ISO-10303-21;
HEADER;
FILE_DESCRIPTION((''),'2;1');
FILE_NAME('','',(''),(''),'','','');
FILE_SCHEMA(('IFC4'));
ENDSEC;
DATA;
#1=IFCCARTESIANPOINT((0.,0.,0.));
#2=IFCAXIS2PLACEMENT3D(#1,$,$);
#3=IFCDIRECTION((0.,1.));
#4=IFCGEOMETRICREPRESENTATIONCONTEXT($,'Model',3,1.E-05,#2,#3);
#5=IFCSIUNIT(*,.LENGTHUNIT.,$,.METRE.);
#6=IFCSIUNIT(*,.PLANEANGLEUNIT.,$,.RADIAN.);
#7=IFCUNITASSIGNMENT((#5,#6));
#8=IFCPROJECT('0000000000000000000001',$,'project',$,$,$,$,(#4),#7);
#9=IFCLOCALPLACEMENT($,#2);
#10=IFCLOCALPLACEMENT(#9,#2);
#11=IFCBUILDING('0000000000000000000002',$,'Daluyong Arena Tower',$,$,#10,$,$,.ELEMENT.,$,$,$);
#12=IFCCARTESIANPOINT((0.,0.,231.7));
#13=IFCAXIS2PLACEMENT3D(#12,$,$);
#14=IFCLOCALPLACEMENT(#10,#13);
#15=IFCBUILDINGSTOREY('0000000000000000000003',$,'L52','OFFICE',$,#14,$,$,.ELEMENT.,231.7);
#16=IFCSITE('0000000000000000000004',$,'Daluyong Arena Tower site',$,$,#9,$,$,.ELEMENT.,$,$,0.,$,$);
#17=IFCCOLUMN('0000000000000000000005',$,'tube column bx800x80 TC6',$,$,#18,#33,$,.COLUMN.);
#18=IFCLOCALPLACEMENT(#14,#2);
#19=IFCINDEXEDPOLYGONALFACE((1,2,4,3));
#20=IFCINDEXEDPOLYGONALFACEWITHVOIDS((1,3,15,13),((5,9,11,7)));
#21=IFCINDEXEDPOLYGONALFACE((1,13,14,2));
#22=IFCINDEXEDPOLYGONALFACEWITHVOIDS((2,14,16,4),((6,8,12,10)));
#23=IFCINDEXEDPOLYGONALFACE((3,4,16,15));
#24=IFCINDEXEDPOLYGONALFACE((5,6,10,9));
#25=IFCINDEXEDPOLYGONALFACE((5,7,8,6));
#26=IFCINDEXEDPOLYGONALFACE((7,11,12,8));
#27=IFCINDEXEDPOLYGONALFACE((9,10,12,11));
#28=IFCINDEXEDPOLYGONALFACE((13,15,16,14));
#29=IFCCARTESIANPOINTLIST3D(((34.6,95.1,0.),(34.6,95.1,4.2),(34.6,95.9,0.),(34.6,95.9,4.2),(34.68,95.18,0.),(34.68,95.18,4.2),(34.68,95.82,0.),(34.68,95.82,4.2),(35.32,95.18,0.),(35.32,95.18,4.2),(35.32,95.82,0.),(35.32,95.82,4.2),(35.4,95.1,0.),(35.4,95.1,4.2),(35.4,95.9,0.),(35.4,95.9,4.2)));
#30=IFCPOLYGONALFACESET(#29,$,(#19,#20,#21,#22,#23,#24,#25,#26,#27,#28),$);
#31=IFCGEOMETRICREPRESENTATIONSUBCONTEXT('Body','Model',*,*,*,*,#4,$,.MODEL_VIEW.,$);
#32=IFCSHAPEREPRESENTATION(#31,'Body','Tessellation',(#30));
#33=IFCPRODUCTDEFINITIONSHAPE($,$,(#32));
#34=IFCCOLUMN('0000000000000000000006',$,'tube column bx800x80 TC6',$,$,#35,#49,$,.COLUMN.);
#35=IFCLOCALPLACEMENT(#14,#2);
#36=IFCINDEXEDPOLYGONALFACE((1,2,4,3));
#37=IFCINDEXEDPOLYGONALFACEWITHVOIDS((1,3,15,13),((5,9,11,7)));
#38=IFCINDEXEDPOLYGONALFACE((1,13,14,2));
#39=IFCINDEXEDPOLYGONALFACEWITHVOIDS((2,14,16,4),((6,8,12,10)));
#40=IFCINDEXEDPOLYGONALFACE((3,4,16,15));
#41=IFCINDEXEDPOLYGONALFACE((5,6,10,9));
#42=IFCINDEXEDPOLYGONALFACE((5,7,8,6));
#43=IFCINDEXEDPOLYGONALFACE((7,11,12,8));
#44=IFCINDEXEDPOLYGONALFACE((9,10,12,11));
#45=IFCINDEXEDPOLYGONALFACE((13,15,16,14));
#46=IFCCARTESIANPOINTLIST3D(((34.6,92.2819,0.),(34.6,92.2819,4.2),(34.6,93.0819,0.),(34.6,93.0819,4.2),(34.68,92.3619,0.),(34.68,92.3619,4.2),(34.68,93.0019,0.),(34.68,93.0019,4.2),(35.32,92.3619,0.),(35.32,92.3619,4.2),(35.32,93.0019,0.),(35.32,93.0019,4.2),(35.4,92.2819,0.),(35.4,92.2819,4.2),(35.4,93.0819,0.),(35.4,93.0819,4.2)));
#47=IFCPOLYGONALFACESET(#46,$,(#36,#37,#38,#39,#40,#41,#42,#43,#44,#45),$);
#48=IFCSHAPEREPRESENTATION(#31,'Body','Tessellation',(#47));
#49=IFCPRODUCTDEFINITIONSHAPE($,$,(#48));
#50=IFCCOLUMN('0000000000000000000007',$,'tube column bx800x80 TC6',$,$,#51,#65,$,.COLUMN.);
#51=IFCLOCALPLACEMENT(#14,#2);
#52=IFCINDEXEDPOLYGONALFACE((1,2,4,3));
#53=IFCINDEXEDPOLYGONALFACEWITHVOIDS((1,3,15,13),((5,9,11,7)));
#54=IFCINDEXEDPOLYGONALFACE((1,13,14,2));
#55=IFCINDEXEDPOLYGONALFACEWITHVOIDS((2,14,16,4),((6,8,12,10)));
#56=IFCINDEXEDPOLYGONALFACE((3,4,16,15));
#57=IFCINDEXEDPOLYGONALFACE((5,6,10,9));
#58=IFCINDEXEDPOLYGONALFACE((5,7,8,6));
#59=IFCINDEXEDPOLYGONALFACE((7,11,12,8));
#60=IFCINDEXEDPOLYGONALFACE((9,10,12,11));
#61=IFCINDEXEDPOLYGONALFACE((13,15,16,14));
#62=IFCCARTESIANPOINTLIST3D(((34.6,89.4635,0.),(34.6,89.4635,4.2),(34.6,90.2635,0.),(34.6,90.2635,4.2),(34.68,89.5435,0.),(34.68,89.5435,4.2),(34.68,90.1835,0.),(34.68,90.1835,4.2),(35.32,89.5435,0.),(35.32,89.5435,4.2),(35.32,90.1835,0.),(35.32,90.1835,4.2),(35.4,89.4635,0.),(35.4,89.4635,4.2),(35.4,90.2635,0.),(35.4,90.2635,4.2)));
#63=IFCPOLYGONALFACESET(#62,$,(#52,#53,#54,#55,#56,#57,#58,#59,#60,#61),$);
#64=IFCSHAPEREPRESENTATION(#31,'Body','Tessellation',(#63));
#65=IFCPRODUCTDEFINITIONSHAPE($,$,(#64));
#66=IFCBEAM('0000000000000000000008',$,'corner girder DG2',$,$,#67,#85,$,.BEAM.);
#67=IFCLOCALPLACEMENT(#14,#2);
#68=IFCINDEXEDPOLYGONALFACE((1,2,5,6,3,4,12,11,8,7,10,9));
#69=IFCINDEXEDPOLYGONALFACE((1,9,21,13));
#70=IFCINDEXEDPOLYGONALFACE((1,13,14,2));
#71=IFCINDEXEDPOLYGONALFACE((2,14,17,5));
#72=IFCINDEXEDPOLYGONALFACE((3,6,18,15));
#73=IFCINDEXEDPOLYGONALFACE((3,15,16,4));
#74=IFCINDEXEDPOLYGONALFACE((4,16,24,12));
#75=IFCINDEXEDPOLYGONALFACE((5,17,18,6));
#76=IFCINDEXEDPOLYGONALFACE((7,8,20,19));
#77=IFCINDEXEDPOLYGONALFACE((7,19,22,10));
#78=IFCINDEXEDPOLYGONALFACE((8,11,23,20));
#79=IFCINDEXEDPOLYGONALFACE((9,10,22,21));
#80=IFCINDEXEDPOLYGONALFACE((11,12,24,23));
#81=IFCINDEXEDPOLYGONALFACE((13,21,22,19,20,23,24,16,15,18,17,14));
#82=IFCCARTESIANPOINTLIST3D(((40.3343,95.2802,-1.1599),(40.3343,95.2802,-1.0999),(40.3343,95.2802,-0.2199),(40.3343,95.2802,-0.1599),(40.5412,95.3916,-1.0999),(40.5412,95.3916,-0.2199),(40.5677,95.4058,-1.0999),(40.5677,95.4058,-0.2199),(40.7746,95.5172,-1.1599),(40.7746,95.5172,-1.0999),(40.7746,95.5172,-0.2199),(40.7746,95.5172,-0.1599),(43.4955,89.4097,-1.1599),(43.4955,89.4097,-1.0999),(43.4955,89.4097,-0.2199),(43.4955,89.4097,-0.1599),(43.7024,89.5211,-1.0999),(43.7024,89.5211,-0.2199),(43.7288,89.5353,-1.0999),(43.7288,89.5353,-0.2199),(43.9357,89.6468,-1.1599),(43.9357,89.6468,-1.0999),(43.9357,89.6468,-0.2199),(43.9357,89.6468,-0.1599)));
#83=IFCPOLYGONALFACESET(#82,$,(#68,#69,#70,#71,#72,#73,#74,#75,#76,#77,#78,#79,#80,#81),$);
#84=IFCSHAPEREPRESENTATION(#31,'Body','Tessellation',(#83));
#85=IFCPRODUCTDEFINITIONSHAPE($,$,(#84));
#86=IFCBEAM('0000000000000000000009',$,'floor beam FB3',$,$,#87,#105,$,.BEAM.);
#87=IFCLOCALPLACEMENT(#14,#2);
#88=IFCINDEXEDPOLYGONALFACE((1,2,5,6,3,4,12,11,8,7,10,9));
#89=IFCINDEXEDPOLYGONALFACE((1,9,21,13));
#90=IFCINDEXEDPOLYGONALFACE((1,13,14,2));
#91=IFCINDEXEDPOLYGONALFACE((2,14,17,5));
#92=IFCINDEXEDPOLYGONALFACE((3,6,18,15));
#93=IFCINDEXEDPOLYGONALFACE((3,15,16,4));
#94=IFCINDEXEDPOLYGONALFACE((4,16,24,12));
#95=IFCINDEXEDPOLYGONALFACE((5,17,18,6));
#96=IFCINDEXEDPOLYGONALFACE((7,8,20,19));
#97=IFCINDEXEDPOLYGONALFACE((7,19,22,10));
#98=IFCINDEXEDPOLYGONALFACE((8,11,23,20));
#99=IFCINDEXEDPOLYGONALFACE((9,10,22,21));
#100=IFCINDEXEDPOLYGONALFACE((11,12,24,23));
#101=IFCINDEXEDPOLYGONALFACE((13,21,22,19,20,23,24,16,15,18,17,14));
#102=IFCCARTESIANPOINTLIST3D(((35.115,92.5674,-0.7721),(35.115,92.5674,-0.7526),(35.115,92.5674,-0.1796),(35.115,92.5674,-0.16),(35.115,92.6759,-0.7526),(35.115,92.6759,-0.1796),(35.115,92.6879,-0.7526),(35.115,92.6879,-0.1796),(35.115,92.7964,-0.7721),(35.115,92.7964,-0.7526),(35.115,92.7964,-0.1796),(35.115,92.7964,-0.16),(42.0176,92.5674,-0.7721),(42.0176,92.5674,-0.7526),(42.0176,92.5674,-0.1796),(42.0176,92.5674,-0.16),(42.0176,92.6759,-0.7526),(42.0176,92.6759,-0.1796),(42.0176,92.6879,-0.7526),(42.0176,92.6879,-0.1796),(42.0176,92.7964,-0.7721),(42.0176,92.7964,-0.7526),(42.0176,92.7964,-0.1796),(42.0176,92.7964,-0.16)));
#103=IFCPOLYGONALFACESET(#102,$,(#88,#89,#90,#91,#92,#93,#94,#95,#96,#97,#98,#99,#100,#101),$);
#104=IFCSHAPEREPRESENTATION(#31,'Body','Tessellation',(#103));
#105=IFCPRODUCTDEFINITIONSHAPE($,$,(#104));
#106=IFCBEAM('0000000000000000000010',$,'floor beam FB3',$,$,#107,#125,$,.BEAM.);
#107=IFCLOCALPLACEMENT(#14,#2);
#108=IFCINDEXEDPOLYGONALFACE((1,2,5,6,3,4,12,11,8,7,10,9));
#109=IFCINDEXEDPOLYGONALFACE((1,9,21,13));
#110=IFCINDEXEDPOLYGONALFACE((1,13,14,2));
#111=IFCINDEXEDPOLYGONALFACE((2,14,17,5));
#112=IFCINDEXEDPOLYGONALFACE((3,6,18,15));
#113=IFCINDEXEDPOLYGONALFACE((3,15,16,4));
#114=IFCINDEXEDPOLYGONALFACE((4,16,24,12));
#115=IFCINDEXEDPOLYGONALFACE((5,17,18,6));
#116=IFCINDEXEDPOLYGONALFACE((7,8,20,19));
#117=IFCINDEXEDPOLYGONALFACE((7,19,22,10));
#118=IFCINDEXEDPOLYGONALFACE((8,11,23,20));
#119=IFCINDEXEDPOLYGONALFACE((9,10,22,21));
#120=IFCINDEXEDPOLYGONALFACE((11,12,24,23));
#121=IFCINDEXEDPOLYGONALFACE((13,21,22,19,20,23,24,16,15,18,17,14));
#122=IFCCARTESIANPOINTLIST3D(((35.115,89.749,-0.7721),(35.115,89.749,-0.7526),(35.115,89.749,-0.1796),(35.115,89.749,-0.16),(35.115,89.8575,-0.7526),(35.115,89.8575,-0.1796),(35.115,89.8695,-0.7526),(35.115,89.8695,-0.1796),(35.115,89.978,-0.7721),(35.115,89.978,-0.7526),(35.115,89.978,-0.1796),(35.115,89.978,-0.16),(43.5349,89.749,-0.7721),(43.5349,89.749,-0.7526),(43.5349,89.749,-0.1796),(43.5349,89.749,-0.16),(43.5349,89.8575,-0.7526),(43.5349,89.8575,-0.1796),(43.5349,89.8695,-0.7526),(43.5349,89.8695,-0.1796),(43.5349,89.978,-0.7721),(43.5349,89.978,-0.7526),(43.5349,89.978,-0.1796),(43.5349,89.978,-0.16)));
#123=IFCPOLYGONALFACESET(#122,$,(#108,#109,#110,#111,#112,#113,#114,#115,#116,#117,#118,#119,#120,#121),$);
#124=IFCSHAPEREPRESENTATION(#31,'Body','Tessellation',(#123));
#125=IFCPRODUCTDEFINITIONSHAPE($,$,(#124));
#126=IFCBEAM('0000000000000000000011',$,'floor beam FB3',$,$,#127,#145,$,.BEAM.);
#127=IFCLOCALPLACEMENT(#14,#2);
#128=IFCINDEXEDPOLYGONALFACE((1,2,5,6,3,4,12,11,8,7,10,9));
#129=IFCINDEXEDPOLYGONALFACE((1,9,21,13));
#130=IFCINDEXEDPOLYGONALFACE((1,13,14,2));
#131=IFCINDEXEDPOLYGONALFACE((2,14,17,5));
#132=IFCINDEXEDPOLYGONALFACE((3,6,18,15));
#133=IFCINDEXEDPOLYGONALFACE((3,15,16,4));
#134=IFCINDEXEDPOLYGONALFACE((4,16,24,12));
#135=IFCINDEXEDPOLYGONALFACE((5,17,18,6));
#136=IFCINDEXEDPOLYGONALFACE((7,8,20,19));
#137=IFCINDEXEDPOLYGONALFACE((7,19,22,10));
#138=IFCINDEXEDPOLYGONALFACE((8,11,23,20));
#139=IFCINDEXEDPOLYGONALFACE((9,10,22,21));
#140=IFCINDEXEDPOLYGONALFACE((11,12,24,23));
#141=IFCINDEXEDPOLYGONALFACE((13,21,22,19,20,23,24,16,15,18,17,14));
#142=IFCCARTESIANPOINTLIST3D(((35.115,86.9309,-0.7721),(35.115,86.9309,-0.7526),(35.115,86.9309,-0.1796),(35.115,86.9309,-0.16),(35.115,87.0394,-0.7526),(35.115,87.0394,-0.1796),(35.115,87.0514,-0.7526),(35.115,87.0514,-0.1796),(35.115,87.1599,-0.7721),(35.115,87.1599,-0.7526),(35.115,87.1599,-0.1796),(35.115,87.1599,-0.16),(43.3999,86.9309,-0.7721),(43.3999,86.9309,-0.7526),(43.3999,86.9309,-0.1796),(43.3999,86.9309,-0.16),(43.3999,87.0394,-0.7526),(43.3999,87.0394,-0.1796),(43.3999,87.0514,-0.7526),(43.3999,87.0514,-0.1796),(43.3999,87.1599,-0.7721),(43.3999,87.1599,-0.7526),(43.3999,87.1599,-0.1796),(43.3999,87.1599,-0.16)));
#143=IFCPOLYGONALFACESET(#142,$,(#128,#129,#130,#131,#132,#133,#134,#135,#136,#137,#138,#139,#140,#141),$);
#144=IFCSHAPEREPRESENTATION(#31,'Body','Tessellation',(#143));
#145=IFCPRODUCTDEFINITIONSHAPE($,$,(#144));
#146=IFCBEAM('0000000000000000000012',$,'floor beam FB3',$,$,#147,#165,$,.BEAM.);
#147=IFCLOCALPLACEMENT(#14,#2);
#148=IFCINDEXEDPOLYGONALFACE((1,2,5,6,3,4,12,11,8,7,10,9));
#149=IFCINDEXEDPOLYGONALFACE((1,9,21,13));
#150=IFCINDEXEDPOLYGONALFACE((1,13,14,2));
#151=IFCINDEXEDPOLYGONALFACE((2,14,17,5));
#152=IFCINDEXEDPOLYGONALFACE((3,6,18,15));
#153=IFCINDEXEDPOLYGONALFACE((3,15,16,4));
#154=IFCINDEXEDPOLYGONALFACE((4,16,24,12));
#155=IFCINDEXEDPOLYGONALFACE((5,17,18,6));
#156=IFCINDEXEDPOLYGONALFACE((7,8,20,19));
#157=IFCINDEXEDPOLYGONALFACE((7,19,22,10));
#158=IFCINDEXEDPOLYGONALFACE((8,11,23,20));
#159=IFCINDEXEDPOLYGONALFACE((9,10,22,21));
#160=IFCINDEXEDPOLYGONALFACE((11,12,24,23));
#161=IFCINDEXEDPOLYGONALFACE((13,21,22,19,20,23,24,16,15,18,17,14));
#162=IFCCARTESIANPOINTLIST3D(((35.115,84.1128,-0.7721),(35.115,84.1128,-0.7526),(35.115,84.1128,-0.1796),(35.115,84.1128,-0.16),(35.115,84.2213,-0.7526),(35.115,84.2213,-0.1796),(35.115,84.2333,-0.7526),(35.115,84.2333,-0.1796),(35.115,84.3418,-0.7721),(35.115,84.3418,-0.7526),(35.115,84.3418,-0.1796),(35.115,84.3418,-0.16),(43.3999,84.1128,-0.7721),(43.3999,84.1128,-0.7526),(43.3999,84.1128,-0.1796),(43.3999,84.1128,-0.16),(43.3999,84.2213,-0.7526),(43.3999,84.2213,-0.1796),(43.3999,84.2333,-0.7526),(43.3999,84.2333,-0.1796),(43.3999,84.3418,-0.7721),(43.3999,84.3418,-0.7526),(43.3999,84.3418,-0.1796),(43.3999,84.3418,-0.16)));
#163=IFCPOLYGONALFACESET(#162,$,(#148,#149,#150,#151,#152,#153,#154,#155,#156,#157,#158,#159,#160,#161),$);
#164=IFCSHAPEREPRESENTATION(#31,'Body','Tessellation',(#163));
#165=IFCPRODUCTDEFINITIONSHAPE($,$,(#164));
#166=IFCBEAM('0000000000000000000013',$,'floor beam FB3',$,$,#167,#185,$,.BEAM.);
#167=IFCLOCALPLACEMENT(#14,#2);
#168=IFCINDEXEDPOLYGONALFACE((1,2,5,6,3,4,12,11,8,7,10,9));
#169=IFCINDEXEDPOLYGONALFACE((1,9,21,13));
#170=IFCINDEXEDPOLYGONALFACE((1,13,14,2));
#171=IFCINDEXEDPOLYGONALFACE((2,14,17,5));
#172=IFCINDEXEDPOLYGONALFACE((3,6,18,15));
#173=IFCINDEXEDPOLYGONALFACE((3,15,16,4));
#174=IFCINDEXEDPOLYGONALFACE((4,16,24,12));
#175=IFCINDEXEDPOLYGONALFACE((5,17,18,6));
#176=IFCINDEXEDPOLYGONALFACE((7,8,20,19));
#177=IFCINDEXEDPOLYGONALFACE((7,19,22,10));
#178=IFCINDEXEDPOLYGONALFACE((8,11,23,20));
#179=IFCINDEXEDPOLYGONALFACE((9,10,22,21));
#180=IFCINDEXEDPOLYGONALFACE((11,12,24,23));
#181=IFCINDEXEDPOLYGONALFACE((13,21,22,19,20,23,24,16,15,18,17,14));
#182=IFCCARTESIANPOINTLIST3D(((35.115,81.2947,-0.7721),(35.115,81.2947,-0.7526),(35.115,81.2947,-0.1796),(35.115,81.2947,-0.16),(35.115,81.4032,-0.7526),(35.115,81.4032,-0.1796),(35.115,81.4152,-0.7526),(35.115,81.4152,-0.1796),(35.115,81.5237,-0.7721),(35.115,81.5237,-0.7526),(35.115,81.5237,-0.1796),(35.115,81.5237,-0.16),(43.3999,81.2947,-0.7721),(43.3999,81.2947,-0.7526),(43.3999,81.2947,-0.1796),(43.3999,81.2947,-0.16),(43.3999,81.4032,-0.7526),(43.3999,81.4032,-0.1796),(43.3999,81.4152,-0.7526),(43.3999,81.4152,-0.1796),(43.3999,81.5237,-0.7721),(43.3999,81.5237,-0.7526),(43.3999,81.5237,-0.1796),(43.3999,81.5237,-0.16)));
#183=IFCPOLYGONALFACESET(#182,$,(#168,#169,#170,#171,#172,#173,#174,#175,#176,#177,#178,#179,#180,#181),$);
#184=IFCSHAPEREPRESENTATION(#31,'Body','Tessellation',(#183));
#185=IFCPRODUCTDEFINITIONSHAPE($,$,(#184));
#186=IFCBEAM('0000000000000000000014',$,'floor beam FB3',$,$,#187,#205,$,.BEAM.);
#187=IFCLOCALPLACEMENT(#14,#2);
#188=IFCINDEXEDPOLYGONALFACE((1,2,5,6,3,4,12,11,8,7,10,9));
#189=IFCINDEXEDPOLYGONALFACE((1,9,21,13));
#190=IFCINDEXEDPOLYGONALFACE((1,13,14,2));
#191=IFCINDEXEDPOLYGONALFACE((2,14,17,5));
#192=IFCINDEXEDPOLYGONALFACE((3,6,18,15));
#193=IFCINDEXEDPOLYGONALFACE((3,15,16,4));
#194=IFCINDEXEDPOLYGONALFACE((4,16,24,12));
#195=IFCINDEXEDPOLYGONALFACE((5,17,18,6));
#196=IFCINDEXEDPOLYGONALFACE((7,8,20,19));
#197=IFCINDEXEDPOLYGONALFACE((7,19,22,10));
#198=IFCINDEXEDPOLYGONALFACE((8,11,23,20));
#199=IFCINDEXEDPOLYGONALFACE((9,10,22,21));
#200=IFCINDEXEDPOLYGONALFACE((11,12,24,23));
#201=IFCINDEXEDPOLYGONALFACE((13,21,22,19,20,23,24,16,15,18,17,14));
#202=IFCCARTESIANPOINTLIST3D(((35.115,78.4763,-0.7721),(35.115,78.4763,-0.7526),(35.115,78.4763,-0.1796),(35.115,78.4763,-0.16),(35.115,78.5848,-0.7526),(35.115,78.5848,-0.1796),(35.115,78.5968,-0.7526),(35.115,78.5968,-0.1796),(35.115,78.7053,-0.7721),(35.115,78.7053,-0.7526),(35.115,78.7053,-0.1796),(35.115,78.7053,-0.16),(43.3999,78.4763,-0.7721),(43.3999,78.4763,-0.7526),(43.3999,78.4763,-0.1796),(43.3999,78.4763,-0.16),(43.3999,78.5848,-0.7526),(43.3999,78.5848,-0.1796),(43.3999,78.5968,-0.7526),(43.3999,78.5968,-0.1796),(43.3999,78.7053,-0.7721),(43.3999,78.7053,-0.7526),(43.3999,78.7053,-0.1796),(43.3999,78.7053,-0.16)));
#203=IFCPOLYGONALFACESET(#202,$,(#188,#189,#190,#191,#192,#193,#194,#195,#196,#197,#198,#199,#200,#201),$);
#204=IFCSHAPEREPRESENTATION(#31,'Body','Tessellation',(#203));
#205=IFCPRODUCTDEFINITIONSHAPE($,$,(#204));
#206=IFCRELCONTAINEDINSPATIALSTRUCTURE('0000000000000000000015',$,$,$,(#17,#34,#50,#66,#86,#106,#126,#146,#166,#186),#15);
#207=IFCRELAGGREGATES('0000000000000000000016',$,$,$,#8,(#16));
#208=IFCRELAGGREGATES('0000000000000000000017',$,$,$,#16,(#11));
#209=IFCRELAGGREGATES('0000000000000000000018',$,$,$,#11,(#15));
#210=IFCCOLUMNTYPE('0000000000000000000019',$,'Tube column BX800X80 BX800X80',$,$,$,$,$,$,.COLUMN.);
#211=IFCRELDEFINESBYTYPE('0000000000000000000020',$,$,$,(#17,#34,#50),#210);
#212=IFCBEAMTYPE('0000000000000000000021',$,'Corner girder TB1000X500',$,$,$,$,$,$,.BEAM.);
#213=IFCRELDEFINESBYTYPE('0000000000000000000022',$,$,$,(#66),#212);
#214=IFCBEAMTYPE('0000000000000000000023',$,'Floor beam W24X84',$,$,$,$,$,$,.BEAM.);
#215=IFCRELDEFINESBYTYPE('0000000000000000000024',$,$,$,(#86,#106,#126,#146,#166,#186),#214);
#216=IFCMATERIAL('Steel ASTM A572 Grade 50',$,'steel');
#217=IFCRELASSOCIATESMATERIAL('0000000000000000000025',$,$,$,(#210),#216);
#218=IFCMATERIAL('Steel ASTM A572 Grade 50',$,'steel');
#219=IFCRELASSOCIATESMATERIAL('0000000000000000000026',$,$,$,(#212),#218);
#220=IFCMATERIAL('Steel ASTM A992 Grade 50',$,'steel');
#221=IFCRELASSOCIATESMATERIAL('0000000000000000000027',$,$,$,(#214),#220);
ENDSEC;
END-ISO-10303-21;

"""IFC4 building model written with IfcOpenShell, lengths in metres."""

from ifc_helpers import new_model, si_unit, direction, frame, origin, origin_2d, place, context, subcontext, project, spatial, hollow_rectangle, i_section, extrude, material, material_profile, profile_set, type_object, element, save


model = new_model("IFC4")

# Units and contexts
model_context = context("Model", 3, precision=1e-05, world=origin(), true_north=direction((0.0, 1.0)))
body_context = subcontext(model_context, "Body", "Model", "MODEL_VIEW")
ifc_project = project(units=[si_unit("LENGTHUNIT", "METRE"), si_unit("PLANEANGLEUNIT", "RADIAN")], contexts=[model_context])

# Site, building, storey
site_placement = place(None, origin())
site = spatial("IfcSite", under=ifc_project, at=site_placement, Name="Daluyong Arena Tower site", CompositionType="ELEMENT", RefElevation=0.0)
building_placement = place(site_placement, origin())
building = spatial("IfcBuilding", under=site, at=building_placement, Name="Daluyong Arena Tower", CompositionType="ELEMENT")
storey_placement = place(building_placement, frame((0.0, 0.0, 231.7)))
storey = spatial("IfcBuildingStorey", under=building, at=storey_placement, Name="L52", Description="OFFICE", CompositionType="ELEMENT", Elevation=231.7)

# Columns
ifc_material_1 = material(Name="Steel ASTM A572 Grade 50", Category="steel")
ifc_material_profile_1 = material_profile(ifc_material_1, hollow_rectangle(XDim=0.8, YDim=0.8, WallThickness=0.08, at=origin_2d()))
ifc_profile_set_1 = profile_set([ifc_material_profile_1], Name="Steel ASTM A572 Grade 50")
column_type = type_object("IfcColumnType", Name="Tube column BX800X80 BX800X80", PredefinedType="COLUMN", material=ifc_profile_set_1)
for number, where, z_axis, x_axis, name in (
    (1, (35.0, 95.5, 0.0), (0.0, 0.0, 1.0), (0.0, 1.0, 0.0), "tube column bx800x80 TC6"),
    (2, (35.0, 92.6819, 0.0), (0.0, 0.0, 1.0), (0.0, 1.0, 0.0), "tube column bx800x80 TC6"),
    (3, (35.0, 89.8635, 0.0), (0.0, 0.0, 1.0), (0.0, 1.0, 0.0), "tube column bx800x80 TC6"),
):
    element("IfcColumn", number, at=place(storey_placement, frame(where, z_axis=z_axis, x_axis=x_axis)), inside=storey, type_object=column_type, Name=name, PredefinedType="COLUMN", context=body_context, shape_type="SweptSolid", body=[
        extrude(hollow_rectangle(XDim=0.8, YDim=0.8, WallThickness=0.08, at=origin_2d()), origin(), (0.0, 0.0, 1.0), 4.2),
    ])

# Beams
ifc_material_2 = material(Name="Steel ASTM A572 Grade 50", Category="steel")
ifc_material_profile_2 = material_profile(ifc_material_2, i_section(OverallWidth=0.5, OverallDepth=1.0, WebThickness=0.03, FlangeThickness=0.06, at=origin_2d()))
ifc_profile_set_2 = profile_set([ifc_material_profile_2], Name="Steel ASTM A572 Grade 50")
beam_type_1 = type_object("IfcBeamType", Name="Corner girder TB1000X500", PredefinedType="BEAM", material=ifc_profile_set_2)
beam_1_placement = place(storey_placement, frame((40.5544, 95.3987, -0.6599), z_axis=(0.474119, -0.880461, 0.0), x_axis=(0.880461, 0.474119, 0.0)))
element("IfcBeam", 4, at=beam_1_placement, inside=storey, type_object=beam_type_1, Name="corner girder DG2", PredefinedType="BEAM", context=body_context, shape_type="SweptSolid", body=[
    extrude(i_section(OverallWidth=0.5, OverallDepth=1.0, WebThickness=0.03, FlangeThickness=0.06, at=origin_2d()), origin(), (0.0, 0.0, 1.0), 6.6675),
])
ifc_material_3 = material(Name="Steel ASTM A992 Grade 50", Category="steel")
ifc_material_profile_3 = material_profile(ifc_material_3, i_section(OverallWidth=0.229, OverallDepth=0.6121, WebThickness=0.012, FlangeThickness=0.0195, at=origin_2d()))
ifc_profile_set_3 = profile_set([ifc_material_profile_3], Name="Steel ASTM A992 Grade 50")
beam_type_2 = type_object("IfcBeamType", Name="Floor beam W24X84", PredefinedType="BEAM", material=ifc_profile_set_3)
beam_2_placement = place(storey_placement, frame((35.115, 92.6819, -0.4661), z_axis=(1.0, 0.0, 0.0), x_axis=(0.0, 1.0, 0.0)))
element("IfcBeam", 5, at=beam_2_placement, inside=storey, type_object=beam_type_2, Name="floor beam FB3", PredefinedType="BEAM", context=body_context, shape_type="SweptSolid", body=[
    extrude(i_section(OverallWidth=0.229, OverallDepth=0.6121, WebThickness=0.012, FlangeThickness=0.0195, at=origin_2d()), origin(), (0.0, 0.0, 1.0), 6.9026),
])
beam_3_placement = place(storey_placement, frame((35.115, 89.8635, -0.4661), z_axis=(1.0, 0.0, 0.0), x_axis=(0.0, 1.0, 0.0)))
element("IfcBeam", 6, at=beam_3_placement, inside=storey, type_object=beam_type_2, Name="floor beam FB3", PredefinedType="BEAM", context=body_context, shape_type="SweptSolid", body=[
    extrude(i_section(OverallWidth=0.229, OverallDepth=0.6121, WebThickness=0.012, FlangeThickness=0.0195, at=origin_2d()), origin(), (0.0, 0.0, 1.0), 8.4199),
])
for number, where, z_axis, x_axis, name in (
    (7, (35.115, 87.0454, -0.4661), (1.0, 0.0, 0.0), (0.0, 1.0, 0.0), "floor beam FB3"),
    (8, (35.115, 84.2273, -0.4661), (1.0, 0.0, 0.0), (0.0, 1.0, 0.0), "floor beam FB3"),
    (9, (35.115, 81.4092, -0.4661), (1.0, 0.0, 0.0), (0.0, 1.0, 0.0), "floor beam FB3"),
    (10, (35.115, 78.5908, -0.4661), (1.0, 0.0, 0.0), (0.0, 1.0, 0.0), "floor beam FB3"),
):
    element("IfcBeam", number, at=place(storey_placement, frame(where, z_axis=z_axis, x_axis=x_axis)), inside=storey, type_object=beam_type_2, Name=name, PredefinedType="BEAM", context=body_context, shape_type="SweptSolid", body=[
        extrude(i_section(OverallWidth=0.229, OverallDepth=0.6121, WebThickness=0.012, FlangeThickness=0.0195, at=origin_2d()), origin(), (0.0, 0.0, 1.0), 8.2849),
    ])

save(model, "model.ifc")
